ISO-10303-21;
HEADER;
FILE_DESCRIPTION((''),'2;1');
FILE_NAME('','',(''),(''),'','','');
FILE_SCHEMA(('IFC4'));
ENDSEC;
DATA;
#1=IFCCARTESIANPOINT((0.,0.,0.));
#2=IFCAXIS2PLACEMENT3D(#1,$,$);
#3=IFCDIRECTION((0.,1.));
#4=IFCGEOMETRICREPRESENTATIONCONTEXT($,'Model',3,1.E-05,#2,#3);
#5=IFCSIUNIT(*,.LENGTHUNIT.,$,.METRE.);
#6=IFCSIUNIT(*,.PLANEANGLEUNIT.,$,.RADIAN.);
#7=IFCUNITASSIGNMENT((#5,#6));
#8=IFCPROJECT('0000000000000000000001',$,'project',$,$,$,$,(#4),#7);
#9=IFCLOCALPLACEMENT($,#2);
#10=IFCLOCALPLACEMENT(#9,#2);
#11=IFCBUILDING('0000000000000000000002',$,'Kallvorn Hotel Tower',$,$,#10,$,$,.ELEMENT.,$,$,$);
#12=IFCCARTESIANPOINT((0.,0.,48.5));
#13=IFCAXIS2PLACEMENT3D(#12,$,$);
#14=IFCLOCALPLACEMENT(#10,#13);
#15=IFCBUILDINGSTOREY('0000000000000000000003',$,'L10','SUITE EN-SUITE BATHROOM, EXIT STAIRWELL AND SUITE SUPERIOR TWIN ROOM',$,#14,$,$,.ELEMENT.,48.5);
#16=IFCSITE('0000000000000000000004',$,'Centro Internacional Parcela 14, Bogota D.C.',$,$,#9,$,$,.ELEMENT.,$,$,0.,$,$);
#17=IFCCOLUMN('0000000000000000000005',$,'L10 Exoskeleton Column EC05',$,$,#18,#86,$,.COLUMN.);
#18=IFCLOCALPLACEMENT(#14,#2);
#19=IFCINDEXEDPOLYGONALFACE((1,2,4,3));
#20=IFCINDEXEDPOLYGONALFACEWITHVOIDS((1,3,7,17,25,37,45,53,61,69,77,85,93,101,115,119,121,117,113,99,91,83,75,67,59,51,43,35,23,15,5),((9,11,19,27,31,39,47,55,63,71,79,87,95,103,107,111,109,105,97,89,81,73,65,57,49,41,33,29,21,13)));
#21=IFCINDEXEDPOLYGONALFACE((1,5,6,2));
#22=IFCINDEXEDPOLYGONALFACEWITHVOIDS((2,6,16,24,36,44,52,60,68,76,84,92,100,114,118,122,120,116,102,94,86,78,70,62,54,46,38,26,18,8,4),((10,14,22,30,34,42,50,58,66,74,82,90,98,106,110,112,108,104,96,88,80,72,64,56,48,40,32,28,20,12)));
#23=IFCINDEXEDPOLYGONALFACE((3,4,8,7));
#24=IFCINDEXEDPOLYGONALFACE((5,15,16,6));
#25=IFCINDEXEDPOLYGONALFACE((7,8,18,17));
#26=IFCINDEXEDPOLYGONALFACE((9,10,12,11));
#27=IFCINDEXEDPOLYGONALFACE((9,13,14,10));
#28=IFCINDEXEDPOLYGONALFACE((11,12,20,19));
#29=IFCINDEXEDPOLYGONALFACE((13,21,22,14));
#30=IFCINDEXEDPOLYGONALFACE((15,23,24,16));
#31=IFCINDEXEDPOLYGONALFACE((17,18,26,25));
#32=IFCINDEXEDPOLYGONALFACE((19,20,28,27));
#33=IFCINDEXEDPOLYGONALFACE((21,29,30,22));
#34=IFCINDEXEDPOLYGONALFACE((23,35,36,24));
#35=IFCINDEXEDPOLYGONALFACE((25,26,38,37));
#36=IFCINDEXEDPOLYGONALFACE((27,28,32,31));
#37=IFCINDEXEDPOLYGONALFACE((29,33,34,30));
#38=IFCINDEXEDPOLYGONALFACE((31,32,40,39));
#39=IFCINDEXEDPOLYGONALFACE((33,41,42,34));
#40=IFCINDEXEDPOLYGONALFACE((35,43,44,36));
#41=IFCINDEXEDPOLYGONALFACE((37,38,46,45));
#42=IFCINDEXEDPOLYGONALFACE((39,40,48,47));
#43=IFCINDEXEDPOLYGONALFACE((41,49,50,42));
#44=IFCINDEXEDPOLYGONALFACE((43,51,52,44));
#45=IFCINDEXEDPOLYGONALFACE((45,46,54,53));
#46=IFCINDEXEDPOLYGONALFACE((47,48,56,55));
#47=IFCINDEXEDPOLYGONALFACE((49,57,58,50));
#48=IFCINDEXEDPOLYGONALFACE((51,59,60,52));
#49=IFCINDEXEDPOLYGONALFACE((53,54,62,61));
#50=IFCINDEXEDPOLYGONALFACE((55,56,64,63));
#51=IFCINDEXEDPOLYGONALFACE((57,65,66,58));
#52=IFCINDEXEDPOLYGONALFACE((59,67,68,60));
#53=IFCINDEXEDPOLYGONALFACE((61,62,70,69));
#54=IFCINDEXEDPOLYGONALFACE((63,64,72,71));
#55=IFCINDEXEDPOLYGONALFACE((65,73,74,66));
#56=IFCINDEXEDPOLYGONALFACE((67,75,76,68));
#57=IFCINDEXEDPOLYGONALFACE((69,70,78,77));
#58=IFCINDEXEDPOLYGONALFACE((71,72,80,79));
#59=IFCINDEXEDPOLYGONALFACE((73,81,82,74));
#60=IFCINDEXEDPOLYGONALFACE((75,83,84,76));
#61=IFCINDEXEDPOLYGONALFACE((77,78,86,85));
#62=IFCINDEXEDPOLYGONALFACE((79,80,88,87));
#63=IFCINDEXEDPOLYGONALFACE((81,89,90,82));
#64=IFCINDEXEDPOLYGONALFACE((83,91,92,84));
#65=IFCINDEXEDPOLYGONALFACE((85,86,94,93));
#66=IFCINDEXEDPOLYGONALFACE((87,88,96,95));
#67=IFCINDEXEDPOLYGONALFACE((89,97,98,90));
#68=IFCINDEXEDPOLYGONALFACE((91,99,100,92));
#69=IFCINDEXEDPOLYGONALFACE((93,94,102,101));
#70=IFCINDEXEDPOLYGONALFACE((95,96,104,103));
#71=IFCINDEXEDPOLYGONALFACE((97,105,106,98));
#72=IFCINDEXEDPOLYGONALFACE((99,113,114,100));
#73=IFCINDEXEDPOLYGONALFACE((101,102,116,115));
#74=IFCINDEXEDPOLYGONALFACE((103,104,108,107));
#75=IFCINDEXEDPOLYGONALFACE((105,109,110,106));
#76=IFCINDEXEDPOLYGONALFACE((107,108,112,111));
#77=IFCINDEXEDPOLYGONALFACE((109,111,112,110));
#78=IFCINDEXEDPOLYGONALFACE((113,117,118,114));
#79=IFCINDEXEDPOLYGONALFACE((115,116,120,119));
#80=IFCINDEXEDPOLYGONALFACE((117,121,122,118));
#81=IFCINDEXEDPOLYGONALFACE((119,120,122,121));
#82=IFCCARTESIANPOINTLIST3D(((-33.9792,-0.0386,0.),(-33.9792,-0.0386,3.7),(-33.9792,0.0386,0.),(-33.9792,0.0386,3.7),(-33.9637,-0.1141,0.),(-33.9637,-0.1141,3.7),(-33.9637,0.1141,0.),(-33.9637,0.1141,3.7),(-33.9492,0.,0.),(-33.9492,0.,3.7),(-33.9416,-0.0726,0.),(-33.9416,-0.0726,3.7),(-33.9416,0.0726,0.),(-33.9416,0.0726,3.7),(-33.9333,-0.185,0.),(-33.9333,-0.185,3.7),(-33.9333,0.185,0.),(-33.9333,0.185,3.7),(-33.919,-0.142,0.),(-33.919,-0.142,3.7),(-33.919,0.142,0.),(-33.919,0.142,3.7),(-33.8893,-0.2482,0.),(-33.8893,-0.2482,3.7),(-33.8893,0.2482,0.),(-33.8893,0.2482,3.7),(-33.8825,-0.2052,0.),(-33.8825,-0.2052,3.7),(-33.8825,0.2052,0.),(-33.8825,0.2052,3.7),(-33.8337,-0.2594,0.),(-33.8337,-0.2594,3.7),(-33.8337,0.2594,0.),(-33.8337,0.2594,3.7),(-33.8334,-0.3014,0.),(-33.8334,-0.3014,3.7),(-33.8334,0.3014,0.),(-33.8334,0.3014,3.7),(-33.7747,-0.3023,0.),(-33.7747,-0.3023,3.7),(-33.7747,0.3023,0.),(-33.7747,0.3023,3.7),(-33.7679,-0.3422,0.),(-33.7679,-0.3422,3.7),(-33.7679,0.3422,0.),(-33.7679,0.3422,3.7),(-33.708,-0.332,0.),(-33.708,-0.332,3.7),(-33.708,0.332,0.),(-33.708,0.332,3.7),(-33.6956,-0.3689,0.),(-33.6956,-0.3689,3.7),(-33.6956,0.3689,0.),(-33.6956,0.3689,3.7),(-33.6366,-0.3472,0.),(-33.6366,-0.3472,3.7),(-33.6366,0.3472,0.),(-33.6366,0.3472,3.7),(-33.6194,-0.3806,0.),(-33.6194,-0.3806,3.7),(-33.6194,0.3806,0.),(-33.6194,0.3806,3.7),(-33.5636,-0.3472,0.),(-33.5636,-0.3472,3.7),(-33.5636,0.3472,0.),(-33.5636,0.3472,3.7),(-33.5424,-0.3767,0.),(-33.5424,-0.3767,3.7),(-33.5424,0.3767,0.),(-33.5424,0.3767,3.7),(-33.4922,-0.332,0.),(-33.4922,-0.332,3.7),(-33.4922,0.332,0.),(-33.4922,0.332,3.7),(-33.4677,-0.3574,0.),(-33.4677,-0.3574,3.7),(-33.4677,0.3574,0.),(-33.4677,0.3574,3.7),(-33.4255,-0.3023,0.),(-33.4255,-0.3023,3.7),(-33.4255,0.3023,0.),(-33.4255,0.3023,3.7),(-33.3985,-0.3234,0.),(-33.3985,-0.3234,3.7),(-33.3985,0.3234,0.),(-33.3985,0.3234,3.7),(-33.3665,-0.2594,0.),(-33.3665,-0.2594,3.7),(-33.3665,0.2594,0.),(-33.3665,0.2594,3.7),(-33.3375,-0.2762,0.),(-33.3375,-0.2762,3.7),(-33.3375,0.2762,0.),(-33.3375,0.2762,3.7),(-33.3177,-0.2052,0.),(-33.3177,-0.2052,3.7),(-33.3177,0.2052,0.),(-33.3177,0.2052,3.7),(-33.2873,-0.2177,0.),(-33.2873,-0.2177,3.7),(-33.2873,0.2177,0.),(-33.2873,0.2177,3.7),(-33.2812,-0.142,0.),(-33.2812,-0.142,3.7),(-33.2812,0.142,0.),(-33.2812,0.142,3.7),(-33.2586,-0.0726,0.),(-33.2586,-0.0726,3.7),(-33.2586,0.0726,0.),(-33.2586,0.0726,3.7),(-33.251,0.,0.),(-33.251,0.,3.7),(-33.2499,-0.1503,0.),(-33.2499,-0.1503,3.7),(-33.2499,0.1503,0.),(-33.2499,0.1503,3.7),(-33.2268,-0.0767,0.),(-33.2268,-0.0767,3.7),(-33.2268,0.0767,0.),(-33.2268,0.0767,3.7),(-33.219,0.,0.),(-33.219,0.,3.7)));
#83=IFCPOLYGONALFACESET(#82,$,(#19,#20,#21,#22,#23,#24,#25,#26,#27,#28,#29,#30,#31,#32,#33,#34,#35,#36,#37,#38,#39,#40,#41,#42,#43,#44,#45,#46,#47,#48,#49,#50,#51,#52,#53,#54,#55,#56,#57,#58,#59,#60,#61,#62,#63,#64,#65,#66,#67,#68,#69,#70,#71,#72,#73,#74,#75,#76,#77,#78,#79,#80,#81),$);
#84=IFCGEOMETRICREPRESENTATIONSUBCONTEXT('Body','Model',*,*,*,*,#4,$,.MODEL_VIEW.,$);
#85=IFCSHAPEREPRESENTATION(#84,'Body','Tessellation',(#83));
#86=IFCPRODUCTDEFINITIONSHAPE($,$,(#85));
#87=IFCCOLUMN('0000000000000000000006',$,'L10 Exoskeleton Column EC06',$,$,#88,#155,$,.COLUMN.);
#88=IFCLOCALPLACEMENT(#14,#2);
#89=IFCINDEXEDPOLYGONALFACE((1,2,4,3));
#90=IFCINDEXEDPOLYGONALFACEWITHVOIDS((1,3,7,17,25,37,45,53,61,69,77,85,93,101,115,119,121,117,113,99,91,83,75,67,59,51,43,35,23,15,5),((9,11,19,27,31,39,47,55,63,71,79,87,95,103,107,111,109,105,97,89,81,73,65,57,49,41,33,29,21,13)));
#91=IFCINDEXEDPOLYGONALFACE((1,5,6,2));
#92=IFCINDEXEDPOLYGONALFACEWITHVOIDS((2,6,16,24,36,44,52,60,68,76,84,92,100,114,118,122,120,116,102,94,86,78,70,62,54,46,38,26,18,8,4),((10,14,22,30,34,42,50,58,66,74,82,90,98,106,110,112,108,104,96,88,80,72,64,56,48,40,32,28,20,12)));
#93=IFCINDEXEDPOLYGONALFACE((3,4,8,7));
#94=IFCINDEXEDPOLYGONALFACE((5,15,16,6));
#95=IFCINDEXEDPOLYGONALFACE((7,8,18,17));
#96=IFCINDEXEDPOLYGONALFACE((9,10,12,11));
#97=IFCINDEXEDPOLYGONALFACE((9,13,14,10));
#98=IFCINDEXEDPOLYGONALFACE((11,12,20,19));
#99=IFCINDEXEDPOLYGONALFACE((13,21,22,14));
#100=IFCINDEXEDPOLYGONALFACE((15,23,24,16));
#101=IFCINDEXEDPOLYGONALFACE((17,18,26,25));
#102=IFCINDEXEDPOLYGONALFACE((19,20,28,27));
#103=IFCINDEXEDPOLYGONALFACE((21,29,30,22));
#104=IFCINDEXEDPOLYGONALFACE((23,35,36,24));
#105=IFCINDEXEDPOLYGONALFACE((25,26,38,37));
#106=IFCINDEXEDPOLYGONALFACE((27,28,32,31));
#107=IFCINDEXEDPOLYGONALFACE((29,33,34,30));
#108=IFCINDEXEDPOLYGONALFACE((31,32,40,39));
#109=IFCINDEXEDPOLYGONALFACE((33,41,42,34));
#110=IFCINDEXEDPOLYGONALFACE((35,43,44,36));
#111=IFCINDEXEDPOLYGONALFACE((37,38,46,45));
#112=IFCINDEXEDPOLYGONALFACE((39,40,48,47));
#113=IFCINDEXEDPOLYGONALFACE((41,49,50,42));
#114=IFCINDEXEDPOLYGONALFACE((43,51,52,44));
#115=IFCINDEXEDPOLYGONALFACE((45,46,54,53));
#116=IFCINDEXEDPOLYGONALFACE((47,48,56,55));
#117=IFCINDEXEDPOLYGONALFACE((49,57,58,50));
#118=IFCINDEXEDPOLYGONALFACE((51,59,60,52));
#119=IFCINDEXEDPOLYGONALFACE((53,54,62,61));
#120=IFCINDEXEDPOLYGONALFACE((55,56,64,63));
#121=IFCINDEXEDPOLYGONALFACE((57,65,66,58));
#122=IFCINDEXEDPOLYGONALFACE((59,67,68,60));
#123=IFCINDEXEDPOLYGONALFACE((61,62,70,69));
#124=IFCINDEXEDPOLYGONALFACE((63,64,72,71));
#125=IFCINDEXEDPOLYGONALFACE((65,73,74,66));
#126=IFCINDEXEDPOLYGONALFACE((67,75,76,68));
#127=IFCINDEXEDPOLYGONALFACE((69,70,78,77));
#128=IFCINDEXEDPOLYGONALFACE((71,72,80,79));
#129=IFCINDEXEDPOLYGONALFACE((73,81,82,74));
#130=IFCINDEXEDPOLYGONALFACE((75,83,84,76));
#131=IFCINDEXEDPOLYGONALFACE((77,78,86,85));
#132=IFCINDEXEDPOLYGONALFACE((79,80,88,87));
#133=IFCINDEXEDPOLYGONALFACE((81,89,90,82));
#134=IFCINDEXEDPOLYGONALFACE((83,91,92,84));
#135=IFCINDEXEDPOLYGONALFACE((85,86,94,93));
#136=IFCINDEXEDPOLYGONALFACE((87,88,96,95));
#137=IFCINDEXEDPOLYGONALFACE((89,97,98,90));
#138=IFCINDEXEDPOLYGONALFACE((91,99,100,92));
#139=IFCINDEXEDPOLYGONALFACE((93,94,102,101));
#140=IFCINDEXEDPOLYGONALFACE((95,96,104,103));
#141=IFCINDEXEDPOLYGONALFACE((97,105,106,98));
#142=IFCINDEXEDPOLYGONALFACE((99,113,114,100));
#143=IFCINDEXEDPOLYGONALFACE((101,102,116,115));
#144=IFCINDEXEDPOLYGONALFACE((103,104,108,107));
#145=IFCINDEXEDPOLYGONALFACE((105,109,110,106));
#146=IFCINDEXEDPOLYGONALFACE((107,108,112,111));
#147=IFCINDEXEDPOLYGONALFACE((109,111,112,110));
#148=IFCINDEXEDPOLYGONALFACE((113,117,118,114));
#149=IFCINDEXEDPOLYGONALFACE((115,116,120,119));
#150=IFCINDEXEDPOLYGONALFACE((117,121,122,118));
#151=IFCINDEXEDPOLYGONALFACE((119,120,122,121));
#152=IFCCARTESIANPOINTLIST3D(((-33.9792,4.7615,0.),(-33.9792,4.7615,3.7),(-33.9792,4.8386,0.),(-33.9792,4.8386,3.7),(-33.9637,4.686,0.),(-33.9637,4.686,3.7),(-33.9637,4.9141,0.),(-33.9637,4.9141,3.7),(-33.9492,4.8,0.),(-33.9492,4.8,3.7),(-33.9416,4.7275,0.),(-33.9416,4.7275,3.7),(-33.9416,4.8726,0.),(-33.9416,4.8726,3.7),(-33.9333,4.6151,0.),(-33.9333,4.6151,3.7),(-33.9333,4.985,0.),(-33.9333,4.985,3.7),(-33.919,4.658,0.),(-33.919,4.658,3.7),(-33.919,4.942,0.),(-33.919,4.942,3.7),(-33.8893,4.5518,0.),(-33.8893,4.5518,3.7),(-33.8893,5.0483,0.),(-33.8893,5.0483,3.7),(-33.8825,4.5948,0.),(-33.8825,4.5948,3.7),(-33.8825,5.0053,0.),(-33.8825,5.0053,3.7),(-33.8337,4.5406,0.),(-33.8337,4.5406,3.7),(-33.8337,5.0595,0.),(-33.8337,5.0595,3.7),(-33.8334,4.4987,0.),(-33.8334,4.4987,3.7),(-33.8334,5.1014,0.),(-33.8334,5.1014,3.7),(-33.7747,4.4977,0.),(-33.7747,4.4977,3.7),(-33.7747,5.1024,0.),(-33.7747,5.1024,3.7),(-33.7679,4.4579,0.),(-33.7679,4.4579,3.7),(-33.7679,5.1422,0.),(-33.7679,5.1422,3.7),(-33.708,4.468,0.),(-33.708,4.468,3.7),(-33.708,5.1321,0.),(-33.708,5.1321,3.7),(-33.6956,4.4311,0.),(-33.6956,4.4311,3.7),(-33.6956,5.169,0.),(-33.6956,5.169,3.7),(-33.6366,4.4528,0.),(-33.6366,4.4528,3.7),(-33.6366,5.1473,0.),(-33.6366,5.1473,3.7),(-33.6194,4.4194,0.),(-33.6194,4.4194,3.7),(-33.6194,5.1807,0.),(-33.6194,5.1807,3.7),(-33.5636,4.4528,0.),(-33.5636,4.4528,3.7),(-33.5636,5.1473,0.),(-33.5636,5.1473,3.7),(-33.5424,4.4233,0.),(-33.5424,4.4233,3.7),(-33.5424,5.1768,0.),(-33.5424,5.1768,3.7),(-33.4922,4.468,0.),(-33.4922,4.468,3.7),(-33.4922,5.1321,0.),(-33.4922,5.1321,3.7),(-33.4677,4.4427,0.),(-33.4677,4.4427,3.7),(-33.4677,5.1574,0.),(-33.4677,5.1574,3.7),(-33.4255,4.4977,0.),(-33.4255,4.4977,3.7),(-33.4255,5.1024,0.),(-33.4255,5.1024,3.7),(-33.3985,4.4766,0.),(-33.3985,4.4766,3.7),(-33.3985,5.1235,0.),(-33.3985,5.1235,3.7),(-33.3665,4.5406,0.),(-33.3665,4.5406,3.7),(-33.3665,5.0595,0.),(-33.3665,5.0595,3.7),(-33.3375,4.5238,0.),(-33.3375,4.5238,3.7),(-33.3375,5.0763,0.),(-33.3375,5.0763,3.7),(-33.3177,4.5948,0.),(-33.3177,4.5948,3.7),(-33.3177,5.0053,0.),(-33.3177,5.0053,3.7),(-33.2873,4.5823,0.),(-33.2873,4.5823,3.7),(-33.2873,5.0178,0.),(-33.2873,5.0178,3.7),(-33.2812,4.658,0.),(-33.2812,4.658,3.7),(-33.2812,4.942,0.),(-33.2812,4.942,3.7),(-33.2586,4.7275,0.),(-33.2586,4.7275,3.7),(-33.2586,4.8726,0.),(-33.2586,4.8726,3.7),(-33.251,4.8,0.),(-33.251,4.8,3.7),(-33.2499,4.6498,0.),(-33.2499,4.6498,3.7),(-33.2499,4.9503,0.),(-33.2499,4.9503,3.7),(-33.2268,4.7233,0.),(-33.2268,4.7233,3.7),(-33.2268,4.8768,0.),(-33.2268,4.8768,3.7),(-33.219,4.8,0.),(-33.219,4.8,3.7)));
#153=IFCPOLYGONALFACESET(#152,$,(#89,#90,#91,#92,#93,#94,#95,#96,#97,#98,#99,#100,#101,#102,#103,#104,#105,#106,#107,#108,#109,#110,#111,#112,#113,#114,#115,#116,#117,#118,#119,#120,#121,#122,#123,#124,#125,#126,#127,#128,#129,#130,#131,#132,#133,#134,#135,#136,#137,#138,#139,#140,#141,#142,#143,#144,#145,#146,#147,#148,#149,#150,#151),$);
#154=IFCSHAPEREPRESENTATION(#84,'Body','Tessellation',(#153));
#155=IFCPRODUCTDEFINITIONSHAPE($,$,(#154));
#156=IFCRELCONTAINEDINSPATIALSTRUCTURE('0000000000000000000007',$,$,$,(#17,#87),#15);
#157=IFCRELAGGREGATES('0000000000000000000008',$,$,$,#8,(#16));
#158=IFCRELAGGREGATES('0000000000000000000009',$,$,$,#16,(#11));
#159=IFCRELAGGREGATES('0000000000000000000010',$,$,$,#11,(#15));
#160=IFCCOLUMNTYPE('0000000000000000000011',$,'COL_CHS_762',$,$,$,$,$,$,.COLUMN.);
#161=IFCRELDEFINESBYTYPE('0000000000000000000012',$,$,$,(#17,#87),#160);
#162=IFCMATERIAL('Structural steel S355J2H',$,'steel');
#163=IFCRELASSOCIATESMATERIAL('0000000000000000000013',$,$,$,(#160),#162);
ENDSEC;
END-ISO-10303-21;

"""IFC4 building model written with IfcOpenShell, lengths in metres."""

from ifc_helpers import new_model, si_unit, direction, frame, origin, origin_2d, place, context, subcontext, project, spatial, hollow_circle, extrude, material, material_profile, profile_set, type_object, element, save


model = new_model("IFC4")

# Units and contexts
model_context = context("Model", 3, precision=1e-05, world=origin(), true_north=direction((0.0, 1.0)))
body_context = subcontext(model_context, "Body", "Model", "MODEL_VIEW")
ifc_project = project(units=[si_unit("LENGTHUNIT", "METRE"), si_unit("PLANEANGLEUNIT", "RADIAN")], contexts=[model_context])

# Site, building, storey
site_placement = place(None, origin())
site = spatial("IfcSite", under=ifc_project, at=site_placement, Name="Centro Internacional Parcela 14, Bogota D.C.", CompositionType="ELEMENT", RefElevation=0.0)
building_placement = place(site_placement, origin())
building = spatial("IfcBuilding", under=site, at=building_placement, Name="Kallvorn Hotel Tower", CompositionType="ELEMENT")
storey_placement = place(building_placement, frame((0.0, 0.0, 48.5)))
storey = spatial("IfcBuildingStorey", under=building, at=storey_placement, Name="L10", Description="SUITE EN-SUITE BATHROOM, EXIT STAIRWELL AND SUITE SUPERIOR TWIN ROOM", CompositionType="ELEMENT", Elevation=48.5)

# Columns
ifc_material_1 = material(Name="Structural steel S355J2H", Category="steel")
ifc_material_profile_1 = material_profile(ifc_material_1, hollow_circle(Radius=0.3811, WallThickness=0.032, at=origin_2d()), Name="CHS 762x32")
ifc_profile_set_1 = profile_set([ifc_material_profile_1], Name="Structural steel S355J2H")
column_type = type_object("IfcColumnType", Name="COL_CHS_762", PredefinedType="COLUMN", material=ifc_profile_set_1)
for number, where, z_axis, x_axis, name in (
    (1, (-33.6001, 0.0, 0.0), (0.0, 0.0, 1.0), (1.0, 0.0, 0.0), "L10 Exoskeleton Column EC05"),
    (2, (-33.6001, 4.8, 0.0), (0.0, 0.0, 1.0), (1.0, 0.0, 0.0), "L10 Exoskeleton Column EC06"),
):
    element("IfcColumn", number, at=place(storey_placement, frame(where, z_axis=z_axis, x_axis=x_axis)), inside=storey, type_object=column_type, Name=name, PredefinedType="COLUMN", context=body_context, shape_type="SweptSolid", body=[
        extrude(hollow_circle(Radius=0.3811, WallThickness=0.032, at=origin_2d()), origin(), (0.0, 0.0, 1.0), 3.7),
    ])

save(model, "model.ifc")
